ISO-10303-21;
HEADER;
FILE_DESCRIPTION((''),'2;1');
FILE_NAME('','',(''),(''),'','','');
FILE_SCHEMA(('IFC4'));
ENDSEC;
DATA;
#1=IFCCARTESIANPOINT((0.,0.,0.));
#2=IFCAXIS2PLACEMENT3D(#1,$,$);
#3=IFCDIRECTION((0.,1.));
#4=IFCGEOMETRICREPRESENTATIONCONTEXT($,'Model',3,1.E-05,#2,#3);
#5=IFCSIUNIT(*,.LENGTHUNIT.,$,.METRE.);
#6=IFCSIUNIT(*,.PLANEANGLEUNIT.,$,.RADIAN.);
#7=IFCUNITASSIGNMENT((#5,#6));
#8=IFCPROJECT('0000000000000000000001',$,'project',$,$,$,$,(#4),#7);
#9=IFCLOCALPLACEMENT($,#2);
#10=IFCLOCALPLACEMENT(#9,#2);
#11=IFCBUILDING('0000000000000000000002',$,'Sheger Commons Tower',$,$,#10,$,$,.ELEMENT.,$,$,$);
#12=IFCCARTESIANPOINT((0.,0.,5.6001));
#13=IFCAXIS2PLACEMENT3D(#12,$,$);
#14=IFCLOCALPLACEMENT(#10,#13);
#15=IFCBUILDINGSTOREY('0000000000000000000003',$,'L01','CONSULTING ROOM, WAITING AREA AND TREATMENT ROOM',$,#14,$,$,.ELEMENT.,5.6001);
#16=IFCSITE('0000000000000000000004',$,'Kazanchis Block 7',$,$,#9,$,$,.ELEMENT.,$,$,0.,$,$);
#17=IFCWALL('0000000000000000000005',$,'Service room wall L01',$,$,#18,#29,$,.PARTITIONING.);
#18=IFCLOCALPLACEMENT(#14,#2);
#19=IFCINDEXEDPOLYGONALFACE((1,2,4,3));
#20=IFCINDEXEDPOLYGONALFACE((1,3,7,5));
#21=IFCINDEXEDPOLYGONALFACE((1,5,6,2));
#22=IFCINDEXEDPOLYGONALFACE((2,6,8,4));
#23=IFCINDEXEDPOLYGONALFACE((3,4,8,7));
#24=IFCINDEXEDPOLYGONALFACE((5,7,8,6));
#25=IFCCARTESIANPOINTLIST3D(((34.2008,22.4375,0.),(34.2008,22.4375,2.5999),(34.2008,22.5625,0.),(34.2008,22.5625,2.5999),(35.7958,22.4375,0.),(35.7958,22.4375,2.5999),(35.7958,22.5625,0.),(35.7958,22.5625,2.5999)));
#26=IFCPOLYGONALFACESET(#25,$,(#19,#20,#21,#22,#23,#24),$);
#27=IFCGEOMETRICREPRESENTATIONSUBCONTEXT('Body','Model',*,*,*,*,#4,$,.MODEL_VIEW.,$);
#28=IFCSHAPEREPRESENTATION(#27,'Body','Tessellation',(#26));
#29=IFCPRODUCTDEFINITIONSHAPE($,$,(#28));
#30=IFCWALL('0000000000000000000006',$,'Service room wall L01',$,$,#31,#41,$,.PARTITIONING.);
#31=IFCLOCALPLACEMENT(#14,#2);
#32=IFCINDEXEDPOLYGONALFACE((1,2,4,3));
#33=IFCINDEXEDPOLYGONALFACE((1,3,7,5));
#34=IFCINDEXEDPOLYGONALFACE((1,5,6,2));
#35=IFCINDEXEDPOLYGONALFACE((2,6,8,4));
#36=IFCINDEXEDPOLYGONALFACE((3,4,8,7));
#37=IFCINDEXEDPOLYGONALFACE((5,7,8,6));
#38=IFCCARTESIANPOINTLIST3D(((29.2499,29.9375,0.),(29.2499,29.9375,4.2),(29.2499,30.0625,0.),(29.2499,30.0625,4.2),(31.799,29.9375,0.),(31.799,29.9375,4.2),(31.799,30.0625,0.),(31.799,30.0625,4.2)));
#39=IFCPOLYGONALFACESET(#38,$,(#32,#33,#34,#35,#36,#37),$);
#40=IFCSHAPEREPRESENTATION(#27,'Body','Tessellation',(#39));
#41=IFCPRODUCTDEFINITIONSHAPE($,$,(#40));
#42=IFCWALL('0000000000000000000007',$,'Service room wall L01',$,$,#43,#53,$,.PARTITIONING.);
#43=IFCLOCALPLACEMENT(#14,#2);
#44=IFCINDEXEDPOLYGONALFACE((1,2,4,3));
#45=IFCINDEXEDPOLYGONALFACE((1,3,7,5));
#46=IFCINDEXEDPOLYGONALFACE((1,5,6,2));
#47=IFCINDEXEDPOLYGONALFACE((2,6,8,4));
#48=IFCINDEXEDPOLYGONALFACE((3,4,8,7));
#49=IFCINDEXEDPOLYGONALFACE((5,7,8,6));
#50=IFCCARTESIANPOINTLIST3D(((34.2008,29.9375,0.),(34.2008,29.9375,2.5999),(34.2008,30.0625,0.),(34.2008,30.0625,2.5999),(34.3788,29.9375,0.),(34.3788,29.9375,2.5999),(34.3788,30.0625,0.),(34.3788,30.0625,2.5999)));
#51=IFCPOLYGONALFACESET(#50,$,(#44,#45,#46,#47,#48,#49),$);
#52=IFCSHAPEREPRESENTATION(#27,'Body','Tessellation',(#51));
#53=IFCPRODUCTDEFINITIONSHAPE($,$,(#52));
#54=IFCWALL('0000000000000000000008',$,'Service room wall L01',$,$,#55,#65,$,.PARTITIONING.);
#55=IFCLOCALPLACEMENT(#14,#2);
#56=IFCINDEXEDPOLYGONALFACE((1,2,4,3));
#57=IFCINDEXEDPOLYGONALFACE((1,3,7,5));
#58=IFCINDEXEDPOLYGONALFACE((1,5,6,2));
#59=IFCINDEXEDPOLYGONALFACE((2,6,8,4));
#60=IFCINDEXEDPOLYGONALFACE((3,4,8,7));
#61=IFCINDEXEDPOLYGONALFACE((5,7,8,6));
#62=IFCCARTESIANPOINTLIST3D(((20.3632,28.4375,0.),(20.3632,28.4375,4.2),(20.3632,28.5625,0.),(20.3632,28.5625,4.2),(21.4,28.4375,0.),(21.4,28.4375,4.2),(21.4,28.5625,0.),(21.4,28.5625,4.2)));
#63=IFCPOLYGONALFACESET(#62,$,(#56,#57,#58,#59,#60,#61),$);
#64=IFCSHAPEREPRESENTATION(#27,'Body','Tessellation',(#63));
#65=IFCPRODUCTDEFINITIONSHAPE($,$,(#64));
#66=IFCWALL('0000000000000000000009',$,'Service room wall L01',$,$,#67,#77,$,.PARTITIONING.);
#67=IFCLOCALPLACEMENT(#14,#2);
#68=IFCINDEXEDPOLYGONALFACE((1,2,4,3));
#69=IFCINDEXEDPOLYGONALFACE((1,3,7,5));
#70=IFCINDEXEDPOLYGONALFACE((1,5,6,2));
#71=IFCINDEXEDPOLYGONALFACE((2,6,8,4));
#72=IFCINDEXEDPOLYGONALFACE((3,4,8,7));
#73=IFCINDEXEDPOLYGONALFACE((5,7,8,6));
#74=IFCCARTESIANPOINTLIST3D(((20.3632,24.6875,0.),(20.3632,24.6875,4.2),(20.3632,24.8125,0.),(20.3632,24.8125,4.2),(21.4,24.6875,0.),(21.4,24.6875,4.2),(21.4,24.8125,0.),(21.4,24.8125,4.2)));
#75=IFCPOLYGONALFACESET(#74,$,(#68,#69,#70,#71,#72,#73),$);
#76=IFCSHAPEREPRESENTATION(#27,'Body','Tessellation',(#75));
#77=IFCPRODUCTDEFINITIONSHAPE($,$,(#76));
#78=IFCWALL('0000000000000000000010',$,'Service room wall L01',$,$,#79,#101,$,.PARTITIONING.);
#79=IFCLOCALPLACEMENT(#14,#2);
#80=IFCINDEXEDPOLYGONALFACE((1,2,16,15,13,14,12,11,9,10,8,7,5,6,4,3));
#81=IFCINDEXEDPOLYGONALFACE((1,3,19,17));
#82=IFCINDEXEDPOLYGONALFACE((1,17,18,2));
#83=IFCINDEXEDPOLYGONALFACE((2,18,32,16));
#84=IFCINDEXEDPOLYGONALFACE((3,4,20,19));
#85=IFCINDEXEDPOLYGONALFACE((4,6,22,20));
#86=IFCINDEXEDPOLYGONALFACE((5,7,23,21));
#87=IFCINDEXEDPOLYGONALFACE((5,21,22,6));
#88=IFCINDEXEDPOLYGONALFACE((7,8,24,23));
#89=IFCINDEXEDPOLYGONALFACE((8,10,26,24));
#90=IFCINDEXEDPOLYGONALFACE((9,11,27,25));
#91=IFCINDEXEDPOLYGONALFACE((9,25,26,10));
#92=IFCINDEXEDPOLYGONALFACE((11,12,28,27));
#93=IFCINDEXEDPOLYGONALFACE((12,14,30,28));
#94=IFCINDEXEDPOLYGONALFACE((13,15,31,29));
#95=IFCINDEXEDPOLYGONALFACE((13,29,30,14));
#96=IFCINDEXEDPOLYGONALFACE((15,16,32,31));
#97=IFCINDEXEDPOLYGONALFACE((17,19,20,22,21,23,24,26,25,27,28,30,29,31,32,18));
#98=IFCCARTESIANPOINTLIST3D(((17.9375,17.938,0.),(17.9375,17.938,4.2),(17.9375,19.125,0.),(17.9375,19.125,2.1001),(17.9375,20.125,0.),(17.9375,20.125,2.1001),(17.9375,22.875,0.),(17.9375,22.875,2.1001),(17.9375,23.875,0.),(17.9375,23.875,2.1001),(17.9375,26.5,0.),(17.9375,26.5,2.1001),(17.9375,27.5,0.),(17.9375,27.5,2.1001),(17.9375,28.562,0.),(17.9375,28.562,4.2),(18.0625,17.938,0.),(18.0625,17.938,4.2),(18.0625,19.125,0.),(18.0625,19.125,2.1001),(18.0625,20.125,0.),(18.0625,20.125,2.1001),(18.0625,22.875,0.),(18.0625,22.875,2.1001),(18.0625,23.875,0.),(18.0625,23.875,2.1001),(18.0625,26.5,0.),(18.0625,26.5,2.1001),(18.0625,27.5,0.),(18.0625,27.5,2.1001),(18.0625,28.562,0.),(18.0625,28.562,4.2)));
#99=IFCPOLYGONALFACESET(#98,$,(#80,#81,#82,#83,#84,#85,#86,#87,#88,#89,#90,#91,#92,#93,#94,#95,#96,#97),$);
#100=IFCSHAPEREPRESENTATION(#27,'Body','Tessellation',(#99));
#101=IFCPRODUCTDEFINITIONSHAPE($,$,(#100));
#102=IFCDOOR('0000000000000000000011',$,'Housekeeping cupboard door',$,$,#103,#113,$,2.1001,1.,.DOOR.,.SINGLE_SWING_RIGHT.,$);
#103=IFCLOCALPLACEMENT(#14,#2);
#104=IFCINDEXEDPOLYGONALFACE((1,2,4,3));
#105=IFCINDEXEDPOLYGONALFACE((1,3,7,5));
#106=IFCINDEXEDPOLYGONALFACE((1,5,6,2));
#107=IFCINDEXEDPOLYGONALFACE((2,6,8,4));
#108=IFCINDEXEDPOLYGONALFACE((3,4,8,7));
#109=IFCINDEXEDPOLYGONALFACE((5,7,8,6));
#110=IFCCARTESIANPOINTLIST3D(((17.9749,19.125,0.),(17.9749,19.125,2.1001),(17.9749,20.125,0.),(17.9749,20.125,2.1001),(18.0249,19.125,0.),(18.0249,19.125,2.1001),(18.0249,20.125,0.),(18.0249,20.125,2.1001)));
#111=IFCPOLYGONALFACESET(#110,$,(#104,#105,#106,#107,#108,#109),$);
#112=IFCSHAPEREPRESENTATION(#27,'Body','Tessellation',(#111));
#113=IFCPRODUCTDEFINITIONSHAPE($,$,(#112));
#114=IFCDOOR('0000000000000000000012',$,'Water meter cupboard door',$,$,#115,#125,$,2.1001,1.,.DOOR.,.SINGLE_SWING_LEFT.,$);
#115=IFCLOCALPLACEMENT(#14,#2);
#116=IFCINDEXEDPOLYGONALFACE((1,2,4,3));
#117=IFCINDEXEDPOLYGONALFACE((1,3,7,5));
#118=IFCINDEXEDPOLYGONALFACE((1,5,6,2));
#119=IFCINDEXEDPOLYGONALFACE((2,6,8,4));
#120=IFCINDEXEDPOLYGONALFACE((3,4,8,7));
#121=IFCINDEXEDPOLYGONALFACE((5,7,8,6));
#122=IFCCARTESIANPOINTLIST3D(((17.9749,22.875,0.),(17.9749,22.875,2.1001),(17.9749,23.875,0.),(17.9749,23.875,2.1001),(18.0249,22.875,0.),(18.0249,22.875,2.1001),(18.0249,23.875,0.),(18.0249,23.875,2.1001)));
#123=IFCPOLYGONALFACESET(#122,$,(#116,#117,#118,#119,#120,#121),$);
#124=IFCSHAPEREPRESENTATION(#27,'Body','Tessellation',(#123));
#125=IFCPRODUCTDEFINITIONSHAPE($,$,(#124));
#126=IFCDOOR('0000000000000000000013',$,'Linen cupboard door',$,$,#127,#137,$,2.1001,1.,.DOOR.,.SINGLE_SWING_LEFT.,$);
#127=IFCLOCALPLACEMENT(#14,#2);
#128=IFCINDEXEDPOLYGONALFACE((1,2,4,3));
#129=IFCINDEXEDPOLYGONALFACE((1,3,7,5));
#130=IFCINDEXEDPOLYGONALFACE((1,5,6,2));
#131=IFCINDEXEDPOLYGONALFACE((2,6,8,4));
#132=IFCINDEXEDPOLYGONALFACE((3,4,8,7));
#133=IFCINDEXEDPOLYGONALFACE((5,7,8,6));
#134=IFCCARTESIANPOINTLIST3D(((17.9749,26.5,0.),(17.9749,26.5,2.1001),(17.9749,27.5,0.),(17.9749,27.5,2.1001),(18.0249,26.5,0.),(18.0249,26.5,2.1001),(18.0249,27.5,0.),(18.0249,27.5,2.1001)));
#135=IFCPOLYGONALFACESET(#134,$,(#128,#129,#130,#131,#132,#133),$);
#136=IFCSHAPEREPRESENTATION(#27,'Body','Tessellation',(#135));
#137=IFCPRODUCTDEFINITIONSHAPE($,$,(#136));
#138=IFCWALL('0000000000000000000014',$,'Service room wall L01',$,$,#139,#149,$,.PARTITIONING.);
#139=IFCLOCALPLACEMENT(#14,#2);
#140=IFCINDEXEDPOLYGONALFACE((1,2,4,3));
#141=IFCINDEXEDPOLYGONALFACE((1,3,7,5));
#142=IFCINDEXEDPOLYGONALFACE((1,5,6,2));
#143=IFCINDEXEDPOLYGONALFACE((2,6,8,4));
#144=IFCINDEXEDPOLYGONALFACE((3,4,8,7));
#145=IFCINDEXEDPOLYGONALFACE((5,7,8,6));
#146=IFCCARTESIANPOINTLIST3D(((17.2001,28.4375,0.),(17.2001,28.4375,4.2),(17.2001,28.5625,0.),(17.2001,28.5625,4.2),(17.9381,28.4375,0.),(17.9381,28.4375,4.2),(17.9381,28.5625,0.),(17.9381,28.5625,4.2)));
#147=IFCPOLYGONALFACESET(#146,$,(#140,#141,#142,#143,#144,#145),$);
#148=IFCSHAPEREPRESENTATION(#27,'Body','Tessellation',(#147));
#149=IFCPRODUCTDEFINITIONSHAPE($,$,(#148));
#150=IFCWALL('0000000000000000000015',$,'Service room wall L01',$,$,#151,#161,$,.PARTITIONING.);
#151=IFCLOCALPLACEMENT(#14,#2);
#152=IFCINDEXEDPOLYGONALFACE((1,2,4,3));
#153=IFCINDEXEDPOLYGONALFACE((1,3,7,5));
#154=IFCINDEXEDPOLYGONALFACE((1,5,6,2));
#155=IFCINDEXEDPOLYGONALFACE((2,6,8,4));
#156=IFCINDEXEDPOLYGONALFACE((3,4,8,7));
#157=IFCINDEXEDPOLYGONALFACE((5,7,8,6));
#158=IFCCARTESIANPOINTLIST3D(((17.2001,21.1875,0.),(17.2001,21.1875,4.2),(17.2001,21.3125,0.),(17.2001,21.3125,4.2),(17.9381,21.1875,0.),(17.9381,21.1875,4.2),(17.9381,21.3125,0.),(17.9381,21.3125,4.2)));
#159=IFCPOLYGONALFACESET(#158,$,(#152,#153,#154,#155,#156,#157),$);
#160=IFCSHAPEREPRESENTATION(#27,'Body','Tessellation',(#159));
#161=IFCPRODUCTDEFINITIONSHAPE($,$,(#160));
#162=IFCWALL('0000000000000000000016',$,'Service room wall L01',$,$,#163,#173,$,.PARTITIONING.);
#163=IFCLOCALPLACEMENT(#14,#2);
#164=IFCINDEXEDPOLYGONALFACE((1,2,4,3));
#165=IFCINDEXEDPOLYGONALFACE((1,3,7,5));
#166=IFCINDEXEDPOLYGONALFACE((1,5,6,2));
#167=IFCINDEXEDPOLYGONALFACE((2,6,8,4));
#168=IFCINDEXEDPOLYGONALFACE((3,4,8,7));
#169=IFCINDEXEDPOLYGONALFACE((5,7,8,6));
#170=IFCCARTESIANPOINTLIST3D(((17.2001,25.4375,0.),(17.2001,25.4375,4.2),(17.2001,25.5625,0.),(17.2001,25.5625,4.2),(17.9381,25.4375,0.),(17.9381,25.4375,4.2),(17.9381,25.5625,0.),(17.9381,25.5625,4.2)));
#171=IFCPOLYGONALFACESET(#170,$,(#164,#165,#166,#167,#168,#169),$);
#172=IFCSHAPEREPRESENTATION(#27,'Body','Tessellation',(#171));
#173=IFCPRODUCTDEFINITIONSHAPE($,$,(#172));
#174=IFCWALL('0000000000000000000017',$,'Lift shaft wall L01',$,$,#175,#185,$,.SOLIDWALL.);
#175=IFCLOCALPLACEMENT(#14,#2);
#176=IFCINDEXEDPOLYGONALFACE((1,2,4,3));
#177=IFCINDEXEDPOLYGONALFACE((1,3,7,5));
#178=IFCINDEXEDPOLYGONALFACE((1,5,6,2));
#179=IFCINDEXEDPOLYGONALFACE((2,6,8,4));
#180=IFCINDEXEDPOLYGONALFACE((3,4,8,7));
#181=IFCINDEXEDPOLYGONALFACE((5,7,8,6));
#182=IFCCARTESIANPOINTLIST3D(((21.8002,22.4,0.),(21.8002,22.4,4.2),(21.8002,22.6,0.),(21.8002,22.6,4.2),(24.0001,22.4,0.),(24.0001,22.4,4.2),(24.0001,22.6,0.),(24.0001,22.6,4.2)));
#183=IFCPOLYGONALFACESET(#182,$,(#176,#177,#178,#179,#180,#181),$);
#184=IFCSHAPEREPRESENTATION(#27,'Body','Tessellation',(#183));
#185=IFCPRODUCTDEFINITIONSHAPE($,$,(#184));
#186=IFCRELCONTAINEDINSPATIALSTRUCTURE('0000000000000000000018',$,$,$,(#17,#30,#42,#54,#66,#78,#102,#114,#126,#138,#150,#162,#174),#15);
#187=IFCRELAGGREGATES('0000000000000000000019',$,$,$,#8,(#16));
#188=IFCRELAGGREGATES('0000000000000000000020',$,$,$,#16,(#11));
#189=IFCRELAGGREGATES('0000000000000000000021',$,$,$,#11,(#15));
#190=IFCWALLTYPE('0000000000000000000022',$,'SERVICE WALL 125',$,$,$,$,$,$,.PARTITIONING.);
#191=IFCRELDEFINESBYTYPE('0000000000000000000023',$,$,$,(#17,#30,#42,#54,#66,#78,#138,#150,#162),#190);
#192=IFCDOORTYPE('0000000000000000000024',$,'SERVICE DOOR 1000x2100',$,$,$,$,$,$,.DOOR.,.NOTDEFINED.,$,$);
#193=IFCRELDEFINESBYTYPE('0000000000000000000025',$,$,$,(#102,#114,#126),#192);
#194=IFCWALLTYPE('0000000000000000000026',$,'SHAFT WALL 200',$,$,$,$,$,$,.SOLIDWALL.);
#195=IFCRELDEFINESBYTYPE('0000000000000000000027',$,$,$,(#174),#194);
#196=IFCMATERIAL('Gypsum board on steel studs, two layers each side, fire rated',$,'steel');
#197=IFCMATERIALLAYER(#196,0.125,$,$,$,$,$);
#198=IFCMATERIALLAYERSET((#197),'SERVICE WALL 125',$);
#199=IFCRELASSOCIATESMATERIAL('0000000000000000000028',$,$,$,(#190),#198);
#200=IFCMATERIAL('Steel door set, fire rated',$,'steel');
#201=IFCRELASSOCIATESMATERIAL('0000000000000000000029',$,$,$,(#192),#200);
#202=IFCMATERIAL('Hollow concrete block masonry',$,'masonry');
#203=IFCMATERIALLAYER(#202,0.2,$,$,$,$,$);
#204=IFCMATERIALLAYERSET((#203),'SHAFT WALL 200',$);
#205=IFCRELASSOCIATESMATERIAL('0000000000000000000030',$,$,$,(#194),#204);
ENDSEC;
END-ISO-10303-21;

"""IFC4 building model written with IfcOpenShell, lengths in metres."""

from ifc_helpers import new_model, si_unit, direction, frame, frame_2d, origin, place, context, subcontext, project, spatial, rectangle, extrude, material, layer, layer_set, type_object, element, fill, save


model = new_model("IFC4")

# Units and contexts
model_context = context("Model", 3, precision=1e-05, world=origin(), true_north=direction((0.0, 1.0)))
body_context = subcontext(model_context, "Body", "Model", "MODEL_VIEW")
ifc_project = project(units=[si_unit("LENGTHUNIT", "METRE"), si_unit("PLANEANGLEUNIT", "RADIAN")], contexts=[model_context])

# Site, building, storey
site_placement = place(None, origin())
site = spatial("IfcSite", under=ifc_project, at=site_placement, Name="Kazanchis Block 7", CompositionType="ELEMENT", RefElevation=0.0)
building_placement = place(site_placement, origin())
building = spatial("IfcBuilding", under=site, at=building_placement, Name="Sheger Commons Tower", CompositionType="ELEMENT")
storey_placement = place(building_placement, frame((0.0, 0.0, 5.6001)))
storey = spatial("IfcBuildingStorey", under=building, at=storey_placement, Name="L01", Description="CONSULTING ROOM, WAITING AREA AND TREATMENT ROOM", CompositionType="ELEMENT", Elevation=5.6001)

# Shared definitions
ifc_material_1 = material(Name="Gypsum board on steel studs, two layers each side, fire rated", Category="steel")
ifc_layer_1 = layer(ifc_material_1, 0.125)
ifc_layer_set_1 = layer_set([ifc_layer_1], Name="SERVICE WALL 125")
wall_type_1 = type_object("IfcWallType", Name="SERVICE WALL 125", PredefinedType="PARTITIONING", material=ifc_layer_set_1)
ifc_material_2 = material(Name="Steel door set, fire rated", Category="steel")
door_type_1 = type_object("IfcDoorType", Name="SERVICE DOOR 1000x2100", OperationType="NOTDEFINED", PredefinedType="DOOR", material=ifc_material_2)

# Walls
wall_1_placement = place(storey_placement, frame((34.2009, 22.5, 0.0), z_axis=(0.0, 0.0, 1.0), x_axis=(1.0, 0.0, 0.0)))
element("IfcWall", 1, at=wall_1_placement, inside=storey, type_object=wall_type_1, Name="Service room wall L01", PredefinedType="PARTITIONING", context=body_context, shape_type="SweptSolid", body=[
    extrude(rectangle(XDim=1.595, YDim=0.125, at=frame_2d((0.7974, 0.0))), origin(), (0.0, 0.0, 1.0), 2.5999),
])
wall_2_placement = place(storey_placement, frame((29.25, 30.0, 0.0), z_axis=(0.0, 0.0, 1.0), x_axis=(1.0, 0.0, 0.0)))
element("IfcWall", 2, at=wall_2_placement, inside=storey, type_object=wall_type_1, Name="Service room wall L01", PredefinedType="PARTITIONING", context=body_context, shape_type="SweptSolid", body=[
    extrude(rectangle(XDim=2.5491, YDim=0.125, at=frame_2d((1.2744, 0.0))), origin(), (0.0, 0.0, 1.0), 4.2),
])
wall_3_placement = place(storey_placement, frame((34.2009, 30.0, 0.0), z_axis=(0.0, 0.0, 1.0), x_axis=(1.0, 0.0, 0.0)))
element("IfcWall", 3, at=wall_3_placement, inside=storey, type_object=wall_type_1, Name="Service room wall L01", PredefinedType="PARTITIONING", context=body_context, shape_type="SweptSolid", body=[
    extrude(rectangle(XDim=0.178, YDim=0.125, at=frame_2d((0.0889, 0.0))), origin(), (0.0, 0.0, 1.0), 2.5999),
])
for number, where, z_axis, x_axis, name in (
    (4, (20.363, 28.5, 0.0), (0.0, 0.0, 1.0), (1.0, 0.0, 0.0), "Service room wall L01"),
    (5, (20.363, 24.75, 0.0), (0.0, 0.0, 1.0), (1.0, 0.0, 0.0), "Service room wall L01"),
):
    element("IfcWall", number, at=place(storey_placement, frame(where, z_axis=z_axis, x_axis=x_axis)), inside=storey, type_object=wall_type_1, Name=name, PredefinedType="PARTITIONING", context=body_context, shape_type="SweptSolid", body=[
        extrude(rectangle(XDim=1.0369, YDim=0.125, at=frame_2d((0.5186, 0.0))), origin(), (0.0, 0.0, 1.0), 4.2),
    ])

# Wall, openings, doors
wall_4_placement = place(storey_placement, frame((18.0, 28.562, 0.0), z_axis=(0.0, 0.0, 1.0), x_axis=(0.0, -1.0, 0.0)))
wall_4 = element("IfcWall", 6, at=wall_4_placement, inside=storey, type_object=wall_type_1, Name="Service room wall L01", PredefinedType="PARTITIONING", context=body_context, shape_type="SweptSolid", body=[
    extrude(rectangle(XDim=10.624, YDim=0.125, at=frame_2d((5.312, 0.0))), origin(), (0.0, 0.0, 1.0), 4.2),
])
opening_1_placement = place(wall_4_placement, frame((8.437, 0.0, 0.0)))
opening_1 = element("IfcOpeningElement", 7, at=opening_1_placement, cuts=wall_4, PredefinedType="OPENING", context=body_context, shape_type="SweptSolid", body=[
    extrude(rectangle(XDim=1.0, YDim=2.1001, at=frame_2d((0.5, 1.05))), frame((0.0, 0.0725, 0.0), z_axis=(0.0, -1.0, 0.0), x_axis=(1.0, 0.0, 0.0)), (0.0, 0.0, 1.0), 0.145),
])
opening_2_placement = place(wall_4_placement, frame((4.687, 0.0, 0.0)))
opening_2 = element("IfcOpeningElement", 8, at=opening_2_placement, cuts=wall_4, PredefinedType="OPENING", context=body_context, shape_type="SweptSolid", body=[
    extrude(rectangle(XDim=1.0, YDim=2.1001, at=frame_2d((0.5, 1.05))), frame((0.0, 0.0725, 0.0), z_axis=(0.0, -1.0, 0.0), x_axis=(1.0, 0.0, 0.0)), (0.0, 0.0, 1.0), 0.145),
])
opening_3_placement = place(wall_4_placement, frame((1.062, 0.0, 0.0)))
opening_3 = element("IfcOpeningElement", 9, at=opening_3_placement, cuts=wall_4, PredefinedType="OPENING", context=body_context, shape_type="SweptSolid", body=[
    extrude(rectangle(XDim=1.0, YDim=2.1001, at=frame_2d((0.5, 1.05))), frame((0.0, 0.0725, 0.0), z_axis=(0.0, -1.0, 0.0), x_axis=(1.0, 0.0, 0.0)), (0.0, 0.0, 1.0), 0.145),
])
door_1_placement = place(opening_1_placement, origin())
door_1 = element("IfcDoor", 10, at=door_1_placement, inside=storey, type_object=door_type_1, Name="Housekeeping cupboard door", OperationType="SINGLE_SWING_RIGHT", OverallHeight=2.1001, OverallWidth=1.0, PredefinedType="DOOR", context=body_context, shape_type="SweptSolid", body=[
    extrude(rectangle(XDim=1.0, YDim=2.1001, at=frame_2d((0.5, 1.05))), frame((0.0, 0.0249, 0.0), z_axis=(0.0, -1.0, 0.0), x_axis=(1.0, 0.0, 0.0)), (0.0, 0.0, 1.0), 0.05),
])
fill(opening_1, door_1)
door_2_placement = place(opening_2_placement, origin())
door_2 = element("IfcDoor", 11, at=door_2_placement, inside=storey, type_object=door_type_1, Name="Water meter cupboard door", OperationType="SINGLE_SWING_LEFT", OverallHeight=2.1001, OverallWidth=1.0, PredefinedType="DOOR", context=body_context, shape_type="SweptSolid", body=[
    extrude(rectangle(XDim=1.0, YDim=2.1001, at=frame_2d((0.5, 1.05))), frame((0.0, 0.0249, 0.0), z_axis=(0.0, -1.0, 0.0), x_axis=(1.0, 0.0, 0.0)), (0.0, 0.0, 1.0), 0.05),
])
fill(opening_2, door_2)
door_3_placement = place(opening_3_placement, origin())
door_3 = element("IfcDoor", 12, at=door_3_placement, inside=storey, type_object=door_type_1, Name="Linen cupboard door", OperationType="SINGLE_SWING_LEFT", OverallHeight=2.1001, OverallWidth=1.0, PredefinedType="DOOR", context=body_context, shape_type="SweptSolid", body=[
    extrude(rectangle(XDim=1.0, YDim=2.1001, at=frame_2d((0.5, 1.05))), frame((0.0, 0.0249, 0.0), z_axis=(0.0, -1.0, 0.0), x_axis=(1.0, 0.0, 0.0)), (0.0, 0.0, 1.0), 0.05),
])
fill(opening_3, door_3)

# Walls
for number, where, z_axis, x_axis, name in (
    (13, (17.2, 28.5, 0.0), (0.0, 0.0, 1.0), (1.0, 0.0, 0.0), "Service room wall L01"),
    (14, (17.2, 21.25, 0.0), (0.0, 0.0, 1.0), (1.0, 0.0, 0.0), "Service room wall L01"),
    (15, (17.2, 25.5, 0.0), (0.0, 0.0, 1.0), (1.0, 0.0, 0.0), "Service room wall L01"),
):
    element("IfcWall", number, at=place(storey_placement, frame(where, z_axis=z_axis, x_axis=x_axis)), inside=storey, type_object=wall_type_1, Name=name, PredefinedType="PARTITIONING", context=body_context, shape_type="SweptSolid", body=[
        extrude(rectangle(XDim=0.738, YDim=0.125, at=frame_2d((0.3691, 0.0))), origin(), (0.0, 0.0, 1.0), 4.2),
    ])
ifc_material_3 = material(Name="Hollow concrete block masonry", Category="masonry")
ifc_layer_2 = layer(ifc_material_3, 0.2)
ifc_layer_set_2 = layer_set([ifc_layer_2], Name="SHAFT WALL 200")
wall_type_2 = type_object("IfcWallType", Name="SHAFT WALL 200", PredefinedType="SOLIDWALL", material=ifc_layer_set_2)
for number, where, z_axis, x_axis, name in (
    (16, (21.8, 22.5, 0.0), (0.0, 0.0, 1.0), (1.0, 0.0, 0.0), "Lift shaft wall L01"),
):
    element("IfcWall", number, at=place(storey_placement, frame(where, z_axis=z_axis, x_axis=x_axis)), inside=storey, type_object=wall_type_2, Name=name, PredefinedType="SOLIDWALL", context=body_context, shape_type="SweptSolid", body=[
        extrude(rectangle(XDim=2.2, YDim=0.2, at=frame_2d((1.1001, 0.0))), origin(), (0.0, 0.0, 1.0), 4.2),
    ])

save(model, "model.ifc")
